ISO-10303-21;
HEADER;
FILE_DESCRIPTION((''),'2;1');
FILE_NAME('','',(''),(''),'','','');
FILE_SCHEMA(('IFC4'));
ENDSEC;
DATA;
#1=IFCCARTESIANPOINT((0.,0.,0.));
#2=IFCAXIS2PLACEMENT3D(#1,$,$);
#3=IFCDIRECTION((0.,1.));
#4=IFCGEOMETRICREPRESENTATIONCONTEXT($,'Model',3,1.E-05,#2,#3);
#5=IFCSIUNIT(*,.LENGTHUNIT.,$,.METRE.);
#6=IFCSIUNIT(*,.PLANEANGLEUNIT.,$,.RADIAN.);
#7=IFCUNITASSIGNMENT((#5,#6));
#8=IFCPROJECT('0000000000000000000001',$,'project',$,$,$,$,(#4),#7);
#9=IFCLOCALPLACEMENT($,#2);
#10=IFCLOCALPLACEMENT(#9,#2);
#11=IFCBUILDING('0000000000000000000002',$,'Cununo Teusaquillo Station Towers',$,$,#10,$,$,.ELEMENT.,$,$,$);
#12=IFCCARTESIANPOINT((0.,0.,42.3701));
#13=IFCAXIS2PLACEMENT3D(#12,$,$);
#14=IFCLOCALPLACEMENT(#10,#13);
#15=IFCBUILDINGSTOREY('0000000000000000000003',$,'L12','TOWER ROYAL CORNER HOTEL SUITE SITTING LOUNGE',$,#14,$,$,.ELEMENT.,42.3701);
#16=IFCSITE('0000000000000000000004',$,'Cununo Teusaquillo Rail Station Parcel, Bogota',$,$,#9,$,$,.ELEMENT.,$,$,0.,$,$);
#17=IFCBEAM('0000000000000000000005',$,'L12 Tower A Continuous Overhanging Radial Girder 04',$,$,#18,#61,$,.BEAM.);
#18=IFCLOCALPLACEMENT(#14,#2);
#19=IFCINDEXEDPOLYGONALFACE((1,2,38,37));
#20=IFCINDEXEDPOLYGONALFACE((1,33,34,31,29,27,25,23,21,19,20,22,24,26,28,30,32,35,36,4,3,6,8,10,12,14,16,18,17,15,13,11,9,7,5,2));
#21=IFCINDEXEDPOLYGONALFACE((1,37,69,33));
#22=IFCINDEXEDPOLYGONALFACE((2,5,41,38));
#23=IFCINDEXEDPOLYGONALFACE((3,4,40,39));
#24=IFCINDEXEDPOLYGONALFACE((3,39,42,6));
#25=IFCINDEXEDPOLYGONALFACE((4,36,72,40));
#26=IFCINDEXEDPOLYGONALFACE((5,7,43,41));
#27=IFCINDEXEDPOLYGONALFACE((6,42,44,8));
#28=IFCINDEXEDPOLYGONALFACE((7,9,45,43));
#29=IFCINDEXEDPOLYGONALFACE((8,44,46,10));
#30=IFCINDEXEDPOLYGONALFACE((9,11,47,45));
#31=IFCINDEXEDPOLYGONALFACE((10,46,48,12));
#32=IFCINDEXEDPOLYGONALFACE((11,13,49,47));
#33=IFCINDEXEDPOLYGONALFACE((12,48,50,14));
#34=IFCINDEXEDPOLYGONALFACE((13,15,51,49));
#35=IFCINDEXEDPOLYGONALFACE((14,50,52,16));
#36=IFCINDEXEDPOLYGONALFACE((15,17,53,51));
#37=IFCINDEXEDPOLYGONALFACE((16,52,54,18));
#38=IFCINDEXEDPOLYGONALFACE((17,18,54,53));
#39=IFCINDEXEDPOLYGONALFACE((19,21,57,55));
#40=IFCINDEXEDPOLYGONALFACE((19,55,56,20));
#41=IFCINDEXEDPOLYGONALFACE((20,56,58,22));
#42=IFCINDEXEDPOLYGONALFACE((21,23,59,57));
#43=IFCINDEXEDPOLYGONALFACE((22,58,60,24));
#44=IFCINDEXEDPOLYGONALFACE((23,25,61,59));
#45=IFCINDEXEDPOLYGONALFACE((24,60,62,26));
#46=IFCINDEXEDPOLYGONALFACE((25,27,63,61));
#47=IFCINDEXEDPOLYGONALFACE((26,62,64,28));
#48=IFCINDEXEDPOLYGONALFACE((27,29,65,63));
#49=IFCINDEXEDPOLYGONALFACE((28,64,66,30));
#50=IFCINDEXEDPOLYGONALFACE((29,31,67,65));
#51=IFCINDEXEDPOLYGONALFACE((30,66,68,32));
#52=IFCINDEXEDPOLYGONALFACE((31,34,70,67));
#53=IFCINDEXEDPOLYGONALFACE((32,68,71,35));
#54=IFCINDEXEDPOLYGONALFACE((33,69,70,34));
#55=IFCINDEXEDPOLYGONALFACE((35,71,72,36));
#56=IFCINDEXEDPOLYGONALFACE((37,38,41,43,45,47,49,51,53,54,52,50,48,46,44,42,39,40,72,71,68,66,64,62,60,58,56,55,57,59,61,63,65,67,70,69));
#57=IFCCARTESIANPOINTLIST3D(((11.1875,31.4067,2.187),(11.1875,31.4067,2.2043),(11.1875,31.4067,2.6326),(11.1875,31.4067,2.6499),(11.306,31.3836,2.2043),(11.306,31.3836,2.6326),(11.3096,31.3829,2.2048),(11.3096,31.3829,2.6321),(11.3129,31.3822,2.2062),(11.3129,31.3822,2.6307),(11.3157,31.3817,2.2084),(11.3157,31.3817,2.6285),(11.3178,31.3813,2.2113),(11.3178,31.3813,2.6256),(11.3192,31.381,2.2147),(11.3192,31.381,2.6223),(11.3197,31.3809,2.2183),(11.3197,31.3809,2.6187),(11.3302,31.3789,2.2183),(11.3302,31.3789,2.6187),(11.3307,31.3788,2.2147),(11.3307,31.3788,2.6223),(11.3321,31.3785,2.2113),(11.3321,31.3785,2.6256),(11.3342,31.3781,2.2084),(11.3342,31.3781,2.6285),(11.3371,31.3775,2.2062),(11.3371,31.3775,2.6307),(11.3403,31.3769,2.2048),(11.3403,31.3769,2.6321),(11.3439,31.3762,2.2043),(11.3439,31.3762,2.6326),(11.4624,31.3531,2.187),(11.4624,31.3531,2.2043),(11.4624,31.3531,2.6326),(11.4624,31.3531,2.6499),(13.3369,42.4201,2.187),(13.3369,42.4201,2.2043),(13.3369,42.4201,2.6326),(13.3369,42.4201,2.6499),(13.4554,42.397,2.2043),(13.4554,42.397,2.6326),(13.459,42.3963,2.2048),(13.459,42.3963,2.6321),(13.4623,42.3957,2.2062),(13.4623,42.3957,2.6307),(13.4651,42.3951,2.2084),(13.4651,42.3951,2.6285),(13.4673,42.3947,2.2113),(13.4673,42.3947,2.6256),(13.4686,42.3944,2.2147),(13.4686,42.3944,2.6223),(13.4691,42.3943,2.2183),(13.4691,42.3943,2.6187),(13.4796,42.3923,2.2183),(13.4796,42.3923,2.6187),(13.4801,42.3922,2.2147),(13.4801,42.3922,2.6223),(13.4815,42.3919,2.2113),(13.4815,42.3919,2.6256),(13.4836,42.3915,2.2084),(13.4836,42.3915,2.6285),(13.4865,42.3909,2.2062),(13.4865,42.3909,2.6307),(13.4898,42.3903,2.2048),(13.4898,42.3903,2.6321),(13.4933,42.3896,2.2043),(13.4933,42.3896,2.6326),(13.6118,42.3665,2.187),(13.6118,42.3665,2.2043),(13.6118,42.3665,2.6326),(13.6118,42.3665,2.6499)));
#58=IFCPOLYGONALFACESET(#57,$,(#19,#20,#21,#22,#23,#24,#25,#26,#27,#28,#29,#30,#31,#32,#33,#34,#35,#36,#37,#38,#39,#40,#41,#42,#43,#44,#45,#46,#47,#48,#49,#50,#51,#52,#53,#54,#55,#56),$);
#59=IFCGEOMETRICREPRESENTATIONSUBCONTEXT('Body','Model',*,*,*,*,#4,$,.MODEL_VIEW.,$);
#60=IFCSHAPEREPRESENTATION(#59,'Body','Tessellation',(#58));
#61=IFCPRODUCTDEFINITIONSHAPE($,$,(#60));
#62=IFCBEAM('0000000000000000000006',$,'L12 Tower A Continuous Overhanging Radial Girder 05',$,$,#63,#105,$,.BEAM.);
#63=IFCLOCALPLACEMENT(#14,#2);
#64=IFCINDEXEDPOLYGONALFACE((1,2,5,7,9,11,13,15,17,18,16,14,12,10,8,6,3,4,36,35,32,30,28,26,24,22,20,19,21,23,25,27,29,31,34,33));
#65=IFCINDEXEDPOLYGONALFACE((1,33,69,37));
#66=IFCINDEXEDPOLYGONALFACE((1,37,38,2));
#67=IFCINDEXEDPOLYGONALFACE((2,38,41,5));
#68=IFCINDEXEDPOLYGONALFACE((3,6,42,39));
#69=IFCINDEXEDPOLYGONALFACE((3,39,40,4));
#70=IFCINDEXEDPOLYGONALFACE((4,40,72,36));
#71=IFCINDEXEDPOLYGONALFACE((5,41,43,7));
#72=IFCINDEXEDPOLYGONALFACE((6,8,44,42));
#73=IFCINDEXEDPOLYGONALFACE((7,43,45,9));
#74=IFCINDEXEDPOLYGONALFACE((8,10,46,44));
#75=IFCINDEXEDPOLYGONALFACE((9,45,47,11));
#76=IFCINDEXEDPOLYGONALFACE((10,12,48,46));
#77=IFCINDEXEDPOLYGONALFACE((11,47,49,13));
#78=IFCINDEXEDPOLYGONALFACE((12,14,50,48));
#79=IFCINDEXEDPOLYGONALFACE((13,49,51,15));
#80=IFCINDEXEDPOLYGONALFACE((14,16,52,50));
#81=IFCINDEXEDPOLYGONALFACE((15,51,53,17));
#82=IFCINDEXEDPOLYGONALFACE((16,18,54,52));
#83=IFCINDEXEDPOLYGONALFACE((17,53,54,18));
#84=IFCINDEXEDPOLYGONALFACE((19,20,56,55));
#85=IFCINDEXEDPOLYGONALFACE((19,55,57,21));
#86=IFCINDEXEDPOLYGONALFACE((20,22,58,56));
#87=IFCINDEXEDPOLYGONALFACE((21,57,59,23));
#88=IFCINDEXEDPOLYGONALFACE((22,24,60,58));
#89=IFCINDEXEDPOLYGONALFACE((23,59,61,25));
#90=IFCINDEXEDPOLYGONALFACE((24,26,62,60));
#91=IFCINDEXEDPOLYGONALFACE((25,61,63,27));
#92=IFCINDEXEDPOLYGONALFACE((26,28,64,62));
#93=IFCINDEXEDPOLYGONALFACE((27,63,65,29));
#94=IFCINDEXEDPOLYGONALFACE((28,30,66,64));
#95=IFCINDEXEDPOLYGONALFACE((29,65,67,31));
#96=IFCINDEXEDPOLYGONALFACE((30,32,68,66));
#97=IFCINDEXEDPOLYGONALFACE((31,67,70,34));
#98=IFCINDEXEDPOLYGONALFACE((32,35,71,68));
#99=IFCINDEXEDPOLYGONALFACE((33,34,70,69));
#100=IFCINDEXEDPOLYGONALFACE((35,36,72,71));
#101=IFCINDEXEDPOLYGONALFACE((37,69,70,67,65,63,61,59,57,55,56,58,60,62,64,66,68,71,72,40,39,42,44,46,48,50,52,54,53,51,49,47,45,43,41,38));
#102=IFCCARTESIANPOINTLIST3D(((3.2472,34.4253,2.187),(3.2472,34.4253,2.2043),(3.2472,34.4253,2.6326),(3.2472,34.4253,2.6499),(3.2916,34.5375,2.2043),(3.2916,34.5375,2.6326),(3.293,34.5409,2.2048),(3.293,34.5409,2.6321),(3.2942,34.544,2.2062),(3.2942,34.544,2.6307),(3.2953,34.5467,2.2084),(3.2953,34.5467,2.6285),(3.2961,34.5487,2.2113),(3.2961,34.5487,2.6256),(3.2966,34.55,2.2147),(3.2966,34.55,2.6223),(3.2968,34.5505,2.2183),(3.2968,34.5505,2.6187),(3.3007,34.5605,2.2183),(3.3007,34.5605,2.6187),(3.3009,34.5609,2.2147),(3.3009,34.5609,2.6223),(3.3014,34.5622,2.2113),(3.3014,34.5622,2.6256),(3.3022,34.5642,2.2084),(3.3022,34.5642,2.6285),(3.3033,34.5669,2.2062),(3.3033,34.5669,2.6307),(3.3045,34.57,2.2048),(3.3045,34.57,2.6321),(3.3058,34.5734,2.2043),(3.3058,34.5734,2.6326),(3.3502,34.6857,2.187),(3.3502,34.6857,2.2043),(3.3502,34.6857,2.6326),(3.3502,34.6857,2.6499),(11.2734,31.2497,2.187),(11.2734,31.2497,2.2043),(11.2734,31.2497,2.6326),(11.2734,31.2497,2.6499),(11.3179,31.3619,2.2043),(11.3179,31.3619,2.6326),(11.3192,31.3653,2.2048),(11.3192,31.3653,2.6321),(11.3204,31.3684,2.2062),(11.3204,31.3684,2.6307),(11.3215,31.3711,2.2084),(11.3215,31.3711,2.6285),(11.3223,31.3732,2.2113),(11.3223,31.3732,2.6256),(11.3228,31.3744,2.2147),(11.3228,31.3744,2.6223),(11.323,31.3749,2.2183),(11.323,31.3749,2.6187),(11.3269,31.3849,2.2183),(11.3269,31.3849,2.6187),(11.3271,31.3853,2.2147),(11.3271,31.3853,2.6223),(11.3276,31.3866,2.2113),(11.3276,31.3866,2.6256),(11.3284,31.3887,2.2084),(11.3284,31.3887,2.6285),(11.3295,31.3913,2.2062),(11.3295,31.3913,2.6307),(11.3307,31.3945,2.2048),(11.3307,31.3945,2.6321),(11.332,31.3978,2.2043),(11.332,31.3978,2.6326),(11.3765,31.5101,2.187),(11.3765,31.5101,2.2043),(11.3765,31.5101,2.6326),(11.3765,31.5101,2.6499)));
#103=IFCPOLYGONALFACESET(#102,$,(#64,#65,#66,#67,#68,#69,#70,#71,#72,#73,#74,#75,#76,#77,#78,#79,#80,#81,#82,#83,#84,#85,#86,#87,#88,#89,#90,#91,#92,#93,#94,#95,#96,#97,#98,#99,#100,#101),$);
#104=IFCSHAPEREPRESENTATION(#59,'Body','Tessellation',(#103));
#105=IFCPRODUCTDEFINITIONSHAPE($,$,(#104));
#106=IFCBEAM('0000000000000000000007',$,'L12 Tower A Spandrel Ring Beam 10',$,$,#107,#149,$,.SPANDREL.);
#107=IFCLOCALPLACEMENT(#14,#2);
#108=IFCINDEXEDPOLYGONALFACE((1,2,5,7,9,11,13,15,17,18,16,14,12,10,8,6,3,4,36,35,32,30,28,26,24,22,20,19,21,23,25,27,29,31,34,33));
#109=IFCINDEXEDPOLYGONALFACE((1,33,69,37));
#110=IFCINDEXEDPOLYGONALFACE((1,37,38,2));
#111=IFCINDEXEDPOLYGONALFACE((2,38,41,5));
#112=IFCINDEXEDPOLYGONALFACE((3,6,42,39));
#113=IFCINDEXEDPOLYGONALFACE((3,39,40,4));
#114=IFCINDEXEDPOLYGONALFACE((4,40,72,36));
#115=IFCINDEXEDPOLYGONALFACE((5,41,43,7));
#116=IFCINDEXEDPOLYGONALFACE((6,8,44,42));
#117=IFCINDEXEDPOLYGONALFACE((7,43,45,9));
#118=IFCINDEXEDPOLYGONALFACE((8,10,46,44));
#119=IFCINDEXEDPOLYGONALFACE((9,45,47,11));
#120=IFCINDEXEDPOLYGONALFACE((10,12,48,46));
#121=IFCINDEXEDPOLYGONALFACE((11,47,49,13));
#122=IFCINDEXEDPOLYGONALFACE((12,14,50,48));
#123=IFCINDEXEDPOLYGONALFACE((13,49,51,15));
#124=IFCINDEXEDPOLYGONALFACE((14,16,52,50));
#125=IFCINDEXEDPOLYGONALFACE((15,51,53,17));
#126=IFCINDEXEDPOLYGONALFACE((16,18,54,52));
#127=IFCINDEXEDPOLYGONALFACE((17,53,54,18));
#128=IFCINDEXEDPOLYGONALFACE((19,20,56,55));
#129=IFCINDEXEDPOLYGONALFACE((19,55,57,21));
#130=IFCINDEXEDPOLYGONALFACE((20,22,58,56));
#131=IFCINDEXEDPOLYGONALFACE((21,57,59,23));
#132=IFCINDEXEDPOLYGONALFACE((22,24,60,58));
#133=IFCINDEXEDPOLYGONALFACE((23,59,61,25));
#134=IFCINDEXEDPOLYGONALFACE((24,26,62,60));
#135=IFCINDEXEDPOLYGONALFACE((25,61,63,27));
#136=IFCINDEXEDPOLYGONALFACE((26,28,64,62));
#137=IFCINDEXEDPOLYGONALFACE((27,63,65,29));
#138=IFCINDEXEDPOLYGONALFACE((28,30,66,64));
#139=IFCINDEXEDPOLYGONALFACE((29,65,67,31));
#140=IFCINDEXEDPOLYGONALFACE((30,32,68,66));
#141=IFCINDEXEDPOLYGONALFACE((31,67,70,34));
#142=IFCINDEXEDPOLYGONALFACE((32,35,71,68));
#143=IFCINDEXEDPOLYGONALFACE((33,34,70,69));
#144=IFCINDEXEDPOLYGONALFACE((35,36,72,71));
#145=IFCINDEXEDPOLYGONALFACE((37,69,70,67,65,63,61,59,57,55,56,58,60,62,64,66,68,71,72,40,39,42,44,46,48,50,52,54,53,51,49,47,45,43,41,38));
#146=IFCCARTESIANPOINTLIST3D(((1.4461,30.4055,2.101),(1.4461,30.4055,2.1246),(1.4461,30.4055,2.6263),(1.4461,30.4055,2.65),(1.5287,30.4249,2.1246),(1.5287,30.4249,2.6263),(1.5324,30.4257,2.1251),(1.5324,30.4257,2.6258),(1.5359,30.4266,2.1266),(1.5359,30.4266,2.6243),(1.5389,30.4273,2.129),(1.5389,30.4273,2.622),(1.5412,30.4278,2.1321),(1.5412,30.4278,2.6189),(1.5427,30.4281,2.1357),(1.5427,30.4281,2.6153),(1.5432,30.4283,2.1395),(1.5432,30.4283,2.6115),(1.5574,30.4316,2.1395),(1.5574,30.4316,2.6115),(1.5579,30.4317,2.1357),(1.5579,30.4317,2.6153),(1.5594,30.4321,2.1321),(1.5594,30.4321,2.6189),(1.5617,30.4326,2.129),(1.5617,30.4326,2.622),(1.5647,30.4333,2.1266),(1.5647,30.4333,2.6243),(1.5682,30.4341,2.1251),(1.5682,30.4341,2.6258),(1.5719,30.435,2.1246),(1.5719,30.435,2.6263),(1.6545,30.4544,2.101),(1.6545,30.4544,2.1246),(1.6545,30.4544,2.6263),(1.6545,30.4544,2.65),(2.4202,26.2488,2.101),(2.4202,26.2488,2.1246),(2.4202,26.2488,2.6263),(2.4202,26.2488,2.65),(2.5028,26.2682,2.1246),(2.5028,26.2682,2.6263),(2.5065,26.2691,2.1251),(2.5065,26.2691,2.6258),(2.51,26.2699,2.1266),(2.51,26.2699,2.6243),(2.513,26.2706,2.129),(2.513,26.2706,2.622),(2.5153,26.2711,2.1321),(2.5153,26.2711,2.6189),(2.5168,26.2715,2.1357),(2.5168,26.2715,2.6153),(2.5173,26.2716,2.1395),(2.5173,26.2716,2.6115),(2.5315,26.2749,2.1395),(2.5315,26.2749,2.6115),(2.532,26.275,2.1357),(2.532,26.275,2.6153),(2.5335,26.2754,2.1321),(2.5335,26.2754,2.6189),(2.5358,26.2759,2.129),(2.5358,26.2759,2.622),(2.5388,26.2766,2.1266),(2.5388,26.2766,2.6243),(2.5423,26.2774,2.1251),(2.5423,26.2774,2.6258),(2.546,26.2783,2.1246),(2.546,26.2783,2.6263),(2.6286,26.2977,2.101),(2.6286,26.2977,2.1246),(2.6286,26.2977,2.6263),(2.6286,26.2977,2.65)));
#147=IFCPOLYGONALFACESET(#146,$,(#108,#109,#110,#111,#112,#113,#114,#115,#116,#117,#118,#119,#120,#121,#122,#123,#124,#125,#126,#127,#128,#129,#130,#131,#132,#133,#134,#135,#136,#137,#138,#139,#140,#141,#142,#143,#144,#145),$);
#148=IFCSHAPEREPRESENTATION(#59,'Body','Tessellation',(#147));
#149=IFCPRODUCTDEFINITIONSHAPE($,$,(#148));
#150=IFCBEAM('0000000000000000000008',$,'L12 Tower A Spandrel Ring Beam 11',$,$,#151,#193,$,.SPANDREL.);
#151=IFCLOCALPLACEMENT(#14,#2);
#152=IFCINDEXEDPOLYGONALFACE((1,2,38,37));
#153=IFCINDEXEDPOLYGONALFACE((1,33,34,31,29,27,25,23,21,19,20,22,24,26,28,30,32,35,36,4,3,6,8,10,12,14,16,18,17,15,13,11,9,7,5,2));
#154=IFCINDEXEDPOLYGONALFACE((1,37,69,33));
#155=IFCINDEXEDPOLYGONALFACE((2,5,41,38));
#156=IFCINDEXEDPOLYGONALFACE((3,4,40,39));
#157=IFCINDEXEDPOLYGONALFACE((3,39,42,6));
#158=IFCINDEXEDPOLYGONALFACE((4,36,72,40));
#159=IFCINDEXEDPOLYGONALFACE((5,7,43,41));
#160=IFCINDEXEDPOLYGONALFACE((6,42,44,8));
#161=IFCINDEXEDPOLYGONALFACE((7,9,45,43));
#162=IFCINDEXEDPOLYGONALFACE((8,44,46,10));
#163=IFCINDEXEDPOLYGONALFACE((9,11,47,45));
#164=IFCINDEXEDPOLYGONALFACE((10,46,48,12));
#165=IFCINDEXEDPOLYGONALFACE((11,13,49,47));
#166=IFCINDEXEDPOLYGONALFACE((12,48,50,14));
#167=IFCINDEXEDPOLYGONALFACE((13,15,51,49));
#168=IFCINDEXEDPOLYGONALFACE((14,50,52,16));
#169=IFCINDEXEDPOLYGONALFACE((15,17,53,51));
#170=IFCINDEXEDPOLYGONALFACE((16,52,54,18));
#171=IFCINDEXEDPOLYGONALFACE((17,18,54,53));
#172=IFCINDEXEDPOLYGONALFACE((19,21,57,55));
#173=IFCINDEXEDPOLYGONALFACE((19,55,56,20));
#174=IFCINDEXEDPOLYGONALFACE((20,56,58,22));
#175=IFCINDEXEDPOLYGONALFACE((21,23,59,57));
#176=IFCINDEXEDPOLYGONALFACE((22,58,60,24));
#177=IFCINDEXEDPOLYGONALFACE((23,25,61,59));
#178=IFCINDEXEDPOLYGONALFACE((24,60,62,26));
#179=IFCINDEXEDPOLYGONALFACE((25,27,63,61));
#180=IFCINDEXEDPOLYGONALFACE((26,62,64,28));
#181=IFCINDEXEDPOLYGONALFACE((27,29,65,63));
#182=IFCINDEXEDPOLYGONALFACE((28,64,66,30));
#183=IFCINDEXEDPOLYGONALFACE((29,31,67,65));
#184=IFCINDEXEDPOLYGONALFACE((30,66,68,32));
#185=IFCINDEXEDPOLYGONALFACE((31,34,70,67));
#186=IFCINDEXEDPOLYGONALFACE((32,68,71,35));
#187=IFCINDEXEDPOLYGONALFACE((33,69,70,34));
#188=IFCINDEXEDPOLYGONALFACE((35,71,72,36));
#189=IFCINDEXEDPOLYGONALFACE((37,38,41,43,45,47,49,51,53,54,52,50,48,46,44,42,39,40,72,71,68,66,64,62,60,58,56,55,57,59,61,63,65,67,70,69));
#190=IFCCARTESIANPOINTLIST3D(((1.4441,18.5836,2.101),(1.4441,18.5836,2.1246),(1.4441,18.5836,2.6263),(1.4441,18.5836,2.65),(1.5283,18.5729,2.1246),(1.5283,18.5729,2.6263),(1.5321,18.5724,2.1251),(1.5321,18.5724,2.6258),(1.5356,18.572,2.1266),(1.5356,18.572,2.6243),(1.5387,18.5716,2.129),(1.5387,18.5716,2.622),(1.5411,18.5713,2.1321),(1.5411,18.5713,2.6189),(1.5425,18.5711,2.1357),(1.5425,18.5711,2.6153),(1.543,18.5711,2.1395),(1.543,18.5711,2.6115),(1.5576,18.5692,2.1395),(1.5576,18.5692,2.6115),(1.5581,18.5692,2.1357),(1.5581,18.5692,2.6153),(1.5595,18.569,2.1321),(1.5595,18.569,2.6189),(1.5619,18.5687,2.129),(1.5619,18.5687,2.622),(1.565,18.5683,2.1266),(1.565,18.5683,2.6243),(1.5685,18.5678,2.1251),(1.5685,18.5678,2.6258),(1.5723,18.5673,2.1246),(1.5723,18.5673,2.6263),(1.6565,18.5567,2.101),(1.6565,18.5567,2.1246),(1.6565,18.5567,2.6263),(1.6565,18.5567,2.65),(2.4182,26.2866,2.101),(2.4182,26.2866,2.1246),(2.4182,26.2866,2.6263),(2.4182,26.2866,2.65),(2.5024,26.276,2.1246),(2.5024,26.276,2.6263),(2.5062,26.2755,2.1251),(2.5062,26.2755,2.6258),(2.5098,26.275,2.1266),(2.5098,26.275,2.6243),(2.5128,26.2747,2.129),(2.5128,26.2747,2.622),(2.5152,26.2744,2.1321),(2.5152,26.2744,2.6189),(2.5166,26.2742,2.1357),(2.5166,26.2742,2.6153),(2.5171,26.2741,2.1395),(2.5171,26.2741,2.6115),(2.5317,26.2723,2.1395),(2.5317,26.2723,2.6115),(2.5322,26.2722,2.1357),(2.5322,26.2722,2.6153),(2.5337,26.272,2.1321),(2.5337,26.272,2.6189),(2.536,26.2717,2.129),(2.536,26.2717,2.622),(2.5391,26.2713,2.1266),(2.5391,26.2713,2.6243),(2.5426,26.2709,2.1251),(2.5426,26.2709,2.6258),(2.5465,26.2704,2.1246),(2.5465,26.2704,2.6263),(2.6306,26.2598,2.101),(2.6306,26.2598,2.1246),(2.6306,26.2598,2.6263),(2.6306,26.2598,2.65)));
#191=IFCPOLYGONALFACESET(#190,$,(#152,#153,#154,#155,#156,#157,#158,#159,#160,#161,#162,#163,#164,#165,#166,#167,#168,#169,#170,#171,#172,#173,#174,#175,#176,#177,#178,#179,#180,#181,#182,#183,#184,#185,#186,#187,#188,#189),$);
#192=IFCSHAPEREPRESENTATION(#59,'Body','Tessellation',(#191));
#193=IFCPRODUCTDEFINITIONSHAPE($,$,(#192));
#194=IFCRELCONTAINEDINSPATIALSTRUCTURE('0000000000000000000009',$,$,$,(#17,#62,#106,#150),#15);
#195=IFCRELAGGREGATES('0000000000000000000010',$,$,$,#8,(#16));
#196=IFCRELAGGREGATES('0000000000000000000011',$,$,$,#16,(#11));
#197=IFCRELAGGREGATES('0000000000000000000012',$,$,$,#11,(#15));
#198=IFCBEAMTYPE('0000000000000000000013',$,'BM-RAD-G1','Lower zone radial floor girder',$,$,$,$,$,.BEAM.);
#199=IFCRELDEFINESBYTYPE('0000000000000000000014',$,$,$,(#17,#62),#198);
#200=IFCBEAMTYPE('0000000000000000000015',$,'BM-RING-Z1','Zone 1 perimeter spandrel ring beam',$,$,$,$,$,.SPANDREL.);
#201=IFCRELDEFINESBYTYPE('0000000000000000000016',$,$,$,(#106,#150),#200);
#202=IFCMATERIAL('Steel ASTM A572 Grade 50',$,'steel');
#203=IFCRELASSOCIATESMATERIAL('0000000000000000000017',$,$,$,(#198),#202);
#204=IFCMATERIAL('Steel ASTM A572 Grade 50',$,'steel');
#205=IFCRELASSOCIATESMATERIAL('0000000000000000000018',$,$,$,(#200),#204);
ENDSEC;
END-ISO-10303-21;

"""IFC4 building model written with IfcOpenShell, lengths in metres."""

from ifc_helpers import new_model, si_unit, direction, frame, origin, origin_2d, place, context, subcontext, project, spatial, i_section, extrude, material, material_profile, profile_set, type_object, element, save


model = new_model("IFC4")

# Units and contexts
model_context = context("Model", 3, precision=1e-05, world=origin(), true_north=direction((0.0, 1.0)))
body_context = subcontext(model_context, "Body", "Model", "MODEL_VIEW")
ifc_project = project(units=[si_unit("LENGTHUNIT", "METRE"), si_unit("PLANEANGLEUNIT", "RADIAN")], contexts=[model_context])

# Site, building, storey
site_placement = place(None, origin())
site = spatial("IfcSite", under=ifc_project, at=site_placement, Name="Cununo Teusaquillo Rail Station Parcel, Bogota", CompositionType="ELEMENT", RefElevation=0.0)
building_placement = place(site_placement, origin())
building = spatial("IfcBuilding", under=site, at=building_placement, Name="Cununo Teusaquillo Station Towers", CompositionType="ELEMENT")
storey_placement = place(building_placement, frame((0.0, 0.0, 42.3701)))
storey = spatial("IfcBuildingStorey", under=building, at=storey_placement, Name="L12", Description="TOWER ROYAL CORNER HOTEL SUITE SITTING LOUNGE", CompositionType="ELEMENT", Elevation=42.3701)

# Beams
ifc_material_1 = material(Name="Steel ASTM A572 Grade 50", Category="steel")
ifc_material_profile_1 = material_profile(ifc_material_1, i_section(OverallWidth=0.28, OverallDepth=0.4629, WebThickness=0.0107, FlangeThickness=0.0173, FilletRadius=0.0139, at=origin_2d()), Name="W18X76")
ifc_profile_set_1 = profile_set([ifc_material_profile_1], Name="Steel ASTM A572 Grade 50")
beam_type_1 = type_object("IfcBeamType", Name="BM-RAD-G1", Description="Lower zone radial floor girder", PredefinedType="BEAM", material=ifc_profile_set_1)
beam_1_placement = place(storey_placement, frame((11.325, 31.3799, 2.4185), z_axis=(0.191549, 0.981483, 0.0), x_axis=(-0.981483, 0.191549, 0.0)))
element("IfcBeam", 1, at=beam_1_placement, inside=storey, type_object=beam_type_1, Name="L12 Tower A Continuous Overhanging Radial Girder 04", PredefinedType="BEAM", context=body_context, shape_type="SweptSolid", body=[
    extrude(i_section(OverallWidth=0.28, OverallDepth=0.4629, WebThickness=0.0107, FlangeThickness=0.0173, FilletRadius=0.0139, at=origin_2d()), origin(), (0.0, 0.0, 1.0), 11.2212),
])
beam_2_placement = place(storey_placement, frame((11.325, 31.3799, 2.4185), z_axis=(-0.929865, 0.367901, 0.0), x_axis=(-0.367901, -0.929865, 0.0)))
element("IfcBeam", 2, at=beam_2_placement, inside=storey, type_object=beam_type_1, Name="L12 Tower A Continuous Overhanging Radial Girder 05", PredefinedType="BEAM", context=body_context, shape_type="SweptSolid", body=[
    extrude(i_section(OverallWidth=0.28, OverallDepth=0.4629, WebThickness=0.0107, FlangeThickness=0.0173, FilletRadius=0.0139, at=origin_2d()), origin(), (0.0, 0.0, 1.0), 8.6316),
])
ifc_material_2 = material(Name="Steel ASTM A572 Grade 50", Category="steel")
ifc_material_profile_2 = material_profile(ifc_material_2, i_section(OverallWidth=0.2141, OverallDepth=0.5491, WebThickness=0.0146, FlangeThickness=0.0237, FilletRadius=0.0149, at=origin_2d()), Name="W21X93")
ifc_profile_set_2 = profile_set([ifc_material_profile_2], Name="Steel ASTM A572 Grade 50")
beam_type_2 = type_object("IfcBeamType", Name="BM-RING-Z1", Description="Zone 1 perimeter spandrel ring beam", PredefinedType="SPANDREL", material=ifc_profile_set_2)
beam_3_placement = place(storey_placement, frame((1.5503, 30.4299, 2.3755), z_axis=(0.228166, -0.973622, 0.0), x_axis=(0.973622, 0.228166, 0.0)))
element("IfcBeam", 3, at=beam_3_placement, inside=storey, type_object=beam_type_2, Name="L12 Tower A Spandrel Ring Beam 10", PredefinedType="SPANDREL", context=body_context, shape_type="SweptSolid", body=[
    extrude(i_section(OverallWidth=0.2141, OverallDepth=0.5491, WebThickness=0.0146, FlangeThickness=0.0237, FilletRadius=0.0149, at=origin_2d()), origin(), (0.0, 0.0, 1.0), 4.2693),
])
beam_4_placement = place(storey_placement, frame((2.5244, 26.2732, 2.3755), z_axis=(-0.125459, -0.992099, 0.0), x_axis=(0.992099, -0.125459, 0.0)))
element("IfcBeam", 4, at=beam_4_placement, inside=storey, type_object=beam_type_2, Name="L12 Tower A Spandrel Ring Beam 11", PredefinedType="SPANDREL", context=body_context, shape_type="SweptSolid", body=[
    extrude(i_section(OverallWidth=0.2141, OverallDepth=0.5491, WebThickness=0.0146, FlangeThickness=0.0237, FilletRadius=0.0149, at=origin_2d()), origin(), (0.0, 0.0, 1.0), 7.7644),
])

save(model, "model.ifc")
